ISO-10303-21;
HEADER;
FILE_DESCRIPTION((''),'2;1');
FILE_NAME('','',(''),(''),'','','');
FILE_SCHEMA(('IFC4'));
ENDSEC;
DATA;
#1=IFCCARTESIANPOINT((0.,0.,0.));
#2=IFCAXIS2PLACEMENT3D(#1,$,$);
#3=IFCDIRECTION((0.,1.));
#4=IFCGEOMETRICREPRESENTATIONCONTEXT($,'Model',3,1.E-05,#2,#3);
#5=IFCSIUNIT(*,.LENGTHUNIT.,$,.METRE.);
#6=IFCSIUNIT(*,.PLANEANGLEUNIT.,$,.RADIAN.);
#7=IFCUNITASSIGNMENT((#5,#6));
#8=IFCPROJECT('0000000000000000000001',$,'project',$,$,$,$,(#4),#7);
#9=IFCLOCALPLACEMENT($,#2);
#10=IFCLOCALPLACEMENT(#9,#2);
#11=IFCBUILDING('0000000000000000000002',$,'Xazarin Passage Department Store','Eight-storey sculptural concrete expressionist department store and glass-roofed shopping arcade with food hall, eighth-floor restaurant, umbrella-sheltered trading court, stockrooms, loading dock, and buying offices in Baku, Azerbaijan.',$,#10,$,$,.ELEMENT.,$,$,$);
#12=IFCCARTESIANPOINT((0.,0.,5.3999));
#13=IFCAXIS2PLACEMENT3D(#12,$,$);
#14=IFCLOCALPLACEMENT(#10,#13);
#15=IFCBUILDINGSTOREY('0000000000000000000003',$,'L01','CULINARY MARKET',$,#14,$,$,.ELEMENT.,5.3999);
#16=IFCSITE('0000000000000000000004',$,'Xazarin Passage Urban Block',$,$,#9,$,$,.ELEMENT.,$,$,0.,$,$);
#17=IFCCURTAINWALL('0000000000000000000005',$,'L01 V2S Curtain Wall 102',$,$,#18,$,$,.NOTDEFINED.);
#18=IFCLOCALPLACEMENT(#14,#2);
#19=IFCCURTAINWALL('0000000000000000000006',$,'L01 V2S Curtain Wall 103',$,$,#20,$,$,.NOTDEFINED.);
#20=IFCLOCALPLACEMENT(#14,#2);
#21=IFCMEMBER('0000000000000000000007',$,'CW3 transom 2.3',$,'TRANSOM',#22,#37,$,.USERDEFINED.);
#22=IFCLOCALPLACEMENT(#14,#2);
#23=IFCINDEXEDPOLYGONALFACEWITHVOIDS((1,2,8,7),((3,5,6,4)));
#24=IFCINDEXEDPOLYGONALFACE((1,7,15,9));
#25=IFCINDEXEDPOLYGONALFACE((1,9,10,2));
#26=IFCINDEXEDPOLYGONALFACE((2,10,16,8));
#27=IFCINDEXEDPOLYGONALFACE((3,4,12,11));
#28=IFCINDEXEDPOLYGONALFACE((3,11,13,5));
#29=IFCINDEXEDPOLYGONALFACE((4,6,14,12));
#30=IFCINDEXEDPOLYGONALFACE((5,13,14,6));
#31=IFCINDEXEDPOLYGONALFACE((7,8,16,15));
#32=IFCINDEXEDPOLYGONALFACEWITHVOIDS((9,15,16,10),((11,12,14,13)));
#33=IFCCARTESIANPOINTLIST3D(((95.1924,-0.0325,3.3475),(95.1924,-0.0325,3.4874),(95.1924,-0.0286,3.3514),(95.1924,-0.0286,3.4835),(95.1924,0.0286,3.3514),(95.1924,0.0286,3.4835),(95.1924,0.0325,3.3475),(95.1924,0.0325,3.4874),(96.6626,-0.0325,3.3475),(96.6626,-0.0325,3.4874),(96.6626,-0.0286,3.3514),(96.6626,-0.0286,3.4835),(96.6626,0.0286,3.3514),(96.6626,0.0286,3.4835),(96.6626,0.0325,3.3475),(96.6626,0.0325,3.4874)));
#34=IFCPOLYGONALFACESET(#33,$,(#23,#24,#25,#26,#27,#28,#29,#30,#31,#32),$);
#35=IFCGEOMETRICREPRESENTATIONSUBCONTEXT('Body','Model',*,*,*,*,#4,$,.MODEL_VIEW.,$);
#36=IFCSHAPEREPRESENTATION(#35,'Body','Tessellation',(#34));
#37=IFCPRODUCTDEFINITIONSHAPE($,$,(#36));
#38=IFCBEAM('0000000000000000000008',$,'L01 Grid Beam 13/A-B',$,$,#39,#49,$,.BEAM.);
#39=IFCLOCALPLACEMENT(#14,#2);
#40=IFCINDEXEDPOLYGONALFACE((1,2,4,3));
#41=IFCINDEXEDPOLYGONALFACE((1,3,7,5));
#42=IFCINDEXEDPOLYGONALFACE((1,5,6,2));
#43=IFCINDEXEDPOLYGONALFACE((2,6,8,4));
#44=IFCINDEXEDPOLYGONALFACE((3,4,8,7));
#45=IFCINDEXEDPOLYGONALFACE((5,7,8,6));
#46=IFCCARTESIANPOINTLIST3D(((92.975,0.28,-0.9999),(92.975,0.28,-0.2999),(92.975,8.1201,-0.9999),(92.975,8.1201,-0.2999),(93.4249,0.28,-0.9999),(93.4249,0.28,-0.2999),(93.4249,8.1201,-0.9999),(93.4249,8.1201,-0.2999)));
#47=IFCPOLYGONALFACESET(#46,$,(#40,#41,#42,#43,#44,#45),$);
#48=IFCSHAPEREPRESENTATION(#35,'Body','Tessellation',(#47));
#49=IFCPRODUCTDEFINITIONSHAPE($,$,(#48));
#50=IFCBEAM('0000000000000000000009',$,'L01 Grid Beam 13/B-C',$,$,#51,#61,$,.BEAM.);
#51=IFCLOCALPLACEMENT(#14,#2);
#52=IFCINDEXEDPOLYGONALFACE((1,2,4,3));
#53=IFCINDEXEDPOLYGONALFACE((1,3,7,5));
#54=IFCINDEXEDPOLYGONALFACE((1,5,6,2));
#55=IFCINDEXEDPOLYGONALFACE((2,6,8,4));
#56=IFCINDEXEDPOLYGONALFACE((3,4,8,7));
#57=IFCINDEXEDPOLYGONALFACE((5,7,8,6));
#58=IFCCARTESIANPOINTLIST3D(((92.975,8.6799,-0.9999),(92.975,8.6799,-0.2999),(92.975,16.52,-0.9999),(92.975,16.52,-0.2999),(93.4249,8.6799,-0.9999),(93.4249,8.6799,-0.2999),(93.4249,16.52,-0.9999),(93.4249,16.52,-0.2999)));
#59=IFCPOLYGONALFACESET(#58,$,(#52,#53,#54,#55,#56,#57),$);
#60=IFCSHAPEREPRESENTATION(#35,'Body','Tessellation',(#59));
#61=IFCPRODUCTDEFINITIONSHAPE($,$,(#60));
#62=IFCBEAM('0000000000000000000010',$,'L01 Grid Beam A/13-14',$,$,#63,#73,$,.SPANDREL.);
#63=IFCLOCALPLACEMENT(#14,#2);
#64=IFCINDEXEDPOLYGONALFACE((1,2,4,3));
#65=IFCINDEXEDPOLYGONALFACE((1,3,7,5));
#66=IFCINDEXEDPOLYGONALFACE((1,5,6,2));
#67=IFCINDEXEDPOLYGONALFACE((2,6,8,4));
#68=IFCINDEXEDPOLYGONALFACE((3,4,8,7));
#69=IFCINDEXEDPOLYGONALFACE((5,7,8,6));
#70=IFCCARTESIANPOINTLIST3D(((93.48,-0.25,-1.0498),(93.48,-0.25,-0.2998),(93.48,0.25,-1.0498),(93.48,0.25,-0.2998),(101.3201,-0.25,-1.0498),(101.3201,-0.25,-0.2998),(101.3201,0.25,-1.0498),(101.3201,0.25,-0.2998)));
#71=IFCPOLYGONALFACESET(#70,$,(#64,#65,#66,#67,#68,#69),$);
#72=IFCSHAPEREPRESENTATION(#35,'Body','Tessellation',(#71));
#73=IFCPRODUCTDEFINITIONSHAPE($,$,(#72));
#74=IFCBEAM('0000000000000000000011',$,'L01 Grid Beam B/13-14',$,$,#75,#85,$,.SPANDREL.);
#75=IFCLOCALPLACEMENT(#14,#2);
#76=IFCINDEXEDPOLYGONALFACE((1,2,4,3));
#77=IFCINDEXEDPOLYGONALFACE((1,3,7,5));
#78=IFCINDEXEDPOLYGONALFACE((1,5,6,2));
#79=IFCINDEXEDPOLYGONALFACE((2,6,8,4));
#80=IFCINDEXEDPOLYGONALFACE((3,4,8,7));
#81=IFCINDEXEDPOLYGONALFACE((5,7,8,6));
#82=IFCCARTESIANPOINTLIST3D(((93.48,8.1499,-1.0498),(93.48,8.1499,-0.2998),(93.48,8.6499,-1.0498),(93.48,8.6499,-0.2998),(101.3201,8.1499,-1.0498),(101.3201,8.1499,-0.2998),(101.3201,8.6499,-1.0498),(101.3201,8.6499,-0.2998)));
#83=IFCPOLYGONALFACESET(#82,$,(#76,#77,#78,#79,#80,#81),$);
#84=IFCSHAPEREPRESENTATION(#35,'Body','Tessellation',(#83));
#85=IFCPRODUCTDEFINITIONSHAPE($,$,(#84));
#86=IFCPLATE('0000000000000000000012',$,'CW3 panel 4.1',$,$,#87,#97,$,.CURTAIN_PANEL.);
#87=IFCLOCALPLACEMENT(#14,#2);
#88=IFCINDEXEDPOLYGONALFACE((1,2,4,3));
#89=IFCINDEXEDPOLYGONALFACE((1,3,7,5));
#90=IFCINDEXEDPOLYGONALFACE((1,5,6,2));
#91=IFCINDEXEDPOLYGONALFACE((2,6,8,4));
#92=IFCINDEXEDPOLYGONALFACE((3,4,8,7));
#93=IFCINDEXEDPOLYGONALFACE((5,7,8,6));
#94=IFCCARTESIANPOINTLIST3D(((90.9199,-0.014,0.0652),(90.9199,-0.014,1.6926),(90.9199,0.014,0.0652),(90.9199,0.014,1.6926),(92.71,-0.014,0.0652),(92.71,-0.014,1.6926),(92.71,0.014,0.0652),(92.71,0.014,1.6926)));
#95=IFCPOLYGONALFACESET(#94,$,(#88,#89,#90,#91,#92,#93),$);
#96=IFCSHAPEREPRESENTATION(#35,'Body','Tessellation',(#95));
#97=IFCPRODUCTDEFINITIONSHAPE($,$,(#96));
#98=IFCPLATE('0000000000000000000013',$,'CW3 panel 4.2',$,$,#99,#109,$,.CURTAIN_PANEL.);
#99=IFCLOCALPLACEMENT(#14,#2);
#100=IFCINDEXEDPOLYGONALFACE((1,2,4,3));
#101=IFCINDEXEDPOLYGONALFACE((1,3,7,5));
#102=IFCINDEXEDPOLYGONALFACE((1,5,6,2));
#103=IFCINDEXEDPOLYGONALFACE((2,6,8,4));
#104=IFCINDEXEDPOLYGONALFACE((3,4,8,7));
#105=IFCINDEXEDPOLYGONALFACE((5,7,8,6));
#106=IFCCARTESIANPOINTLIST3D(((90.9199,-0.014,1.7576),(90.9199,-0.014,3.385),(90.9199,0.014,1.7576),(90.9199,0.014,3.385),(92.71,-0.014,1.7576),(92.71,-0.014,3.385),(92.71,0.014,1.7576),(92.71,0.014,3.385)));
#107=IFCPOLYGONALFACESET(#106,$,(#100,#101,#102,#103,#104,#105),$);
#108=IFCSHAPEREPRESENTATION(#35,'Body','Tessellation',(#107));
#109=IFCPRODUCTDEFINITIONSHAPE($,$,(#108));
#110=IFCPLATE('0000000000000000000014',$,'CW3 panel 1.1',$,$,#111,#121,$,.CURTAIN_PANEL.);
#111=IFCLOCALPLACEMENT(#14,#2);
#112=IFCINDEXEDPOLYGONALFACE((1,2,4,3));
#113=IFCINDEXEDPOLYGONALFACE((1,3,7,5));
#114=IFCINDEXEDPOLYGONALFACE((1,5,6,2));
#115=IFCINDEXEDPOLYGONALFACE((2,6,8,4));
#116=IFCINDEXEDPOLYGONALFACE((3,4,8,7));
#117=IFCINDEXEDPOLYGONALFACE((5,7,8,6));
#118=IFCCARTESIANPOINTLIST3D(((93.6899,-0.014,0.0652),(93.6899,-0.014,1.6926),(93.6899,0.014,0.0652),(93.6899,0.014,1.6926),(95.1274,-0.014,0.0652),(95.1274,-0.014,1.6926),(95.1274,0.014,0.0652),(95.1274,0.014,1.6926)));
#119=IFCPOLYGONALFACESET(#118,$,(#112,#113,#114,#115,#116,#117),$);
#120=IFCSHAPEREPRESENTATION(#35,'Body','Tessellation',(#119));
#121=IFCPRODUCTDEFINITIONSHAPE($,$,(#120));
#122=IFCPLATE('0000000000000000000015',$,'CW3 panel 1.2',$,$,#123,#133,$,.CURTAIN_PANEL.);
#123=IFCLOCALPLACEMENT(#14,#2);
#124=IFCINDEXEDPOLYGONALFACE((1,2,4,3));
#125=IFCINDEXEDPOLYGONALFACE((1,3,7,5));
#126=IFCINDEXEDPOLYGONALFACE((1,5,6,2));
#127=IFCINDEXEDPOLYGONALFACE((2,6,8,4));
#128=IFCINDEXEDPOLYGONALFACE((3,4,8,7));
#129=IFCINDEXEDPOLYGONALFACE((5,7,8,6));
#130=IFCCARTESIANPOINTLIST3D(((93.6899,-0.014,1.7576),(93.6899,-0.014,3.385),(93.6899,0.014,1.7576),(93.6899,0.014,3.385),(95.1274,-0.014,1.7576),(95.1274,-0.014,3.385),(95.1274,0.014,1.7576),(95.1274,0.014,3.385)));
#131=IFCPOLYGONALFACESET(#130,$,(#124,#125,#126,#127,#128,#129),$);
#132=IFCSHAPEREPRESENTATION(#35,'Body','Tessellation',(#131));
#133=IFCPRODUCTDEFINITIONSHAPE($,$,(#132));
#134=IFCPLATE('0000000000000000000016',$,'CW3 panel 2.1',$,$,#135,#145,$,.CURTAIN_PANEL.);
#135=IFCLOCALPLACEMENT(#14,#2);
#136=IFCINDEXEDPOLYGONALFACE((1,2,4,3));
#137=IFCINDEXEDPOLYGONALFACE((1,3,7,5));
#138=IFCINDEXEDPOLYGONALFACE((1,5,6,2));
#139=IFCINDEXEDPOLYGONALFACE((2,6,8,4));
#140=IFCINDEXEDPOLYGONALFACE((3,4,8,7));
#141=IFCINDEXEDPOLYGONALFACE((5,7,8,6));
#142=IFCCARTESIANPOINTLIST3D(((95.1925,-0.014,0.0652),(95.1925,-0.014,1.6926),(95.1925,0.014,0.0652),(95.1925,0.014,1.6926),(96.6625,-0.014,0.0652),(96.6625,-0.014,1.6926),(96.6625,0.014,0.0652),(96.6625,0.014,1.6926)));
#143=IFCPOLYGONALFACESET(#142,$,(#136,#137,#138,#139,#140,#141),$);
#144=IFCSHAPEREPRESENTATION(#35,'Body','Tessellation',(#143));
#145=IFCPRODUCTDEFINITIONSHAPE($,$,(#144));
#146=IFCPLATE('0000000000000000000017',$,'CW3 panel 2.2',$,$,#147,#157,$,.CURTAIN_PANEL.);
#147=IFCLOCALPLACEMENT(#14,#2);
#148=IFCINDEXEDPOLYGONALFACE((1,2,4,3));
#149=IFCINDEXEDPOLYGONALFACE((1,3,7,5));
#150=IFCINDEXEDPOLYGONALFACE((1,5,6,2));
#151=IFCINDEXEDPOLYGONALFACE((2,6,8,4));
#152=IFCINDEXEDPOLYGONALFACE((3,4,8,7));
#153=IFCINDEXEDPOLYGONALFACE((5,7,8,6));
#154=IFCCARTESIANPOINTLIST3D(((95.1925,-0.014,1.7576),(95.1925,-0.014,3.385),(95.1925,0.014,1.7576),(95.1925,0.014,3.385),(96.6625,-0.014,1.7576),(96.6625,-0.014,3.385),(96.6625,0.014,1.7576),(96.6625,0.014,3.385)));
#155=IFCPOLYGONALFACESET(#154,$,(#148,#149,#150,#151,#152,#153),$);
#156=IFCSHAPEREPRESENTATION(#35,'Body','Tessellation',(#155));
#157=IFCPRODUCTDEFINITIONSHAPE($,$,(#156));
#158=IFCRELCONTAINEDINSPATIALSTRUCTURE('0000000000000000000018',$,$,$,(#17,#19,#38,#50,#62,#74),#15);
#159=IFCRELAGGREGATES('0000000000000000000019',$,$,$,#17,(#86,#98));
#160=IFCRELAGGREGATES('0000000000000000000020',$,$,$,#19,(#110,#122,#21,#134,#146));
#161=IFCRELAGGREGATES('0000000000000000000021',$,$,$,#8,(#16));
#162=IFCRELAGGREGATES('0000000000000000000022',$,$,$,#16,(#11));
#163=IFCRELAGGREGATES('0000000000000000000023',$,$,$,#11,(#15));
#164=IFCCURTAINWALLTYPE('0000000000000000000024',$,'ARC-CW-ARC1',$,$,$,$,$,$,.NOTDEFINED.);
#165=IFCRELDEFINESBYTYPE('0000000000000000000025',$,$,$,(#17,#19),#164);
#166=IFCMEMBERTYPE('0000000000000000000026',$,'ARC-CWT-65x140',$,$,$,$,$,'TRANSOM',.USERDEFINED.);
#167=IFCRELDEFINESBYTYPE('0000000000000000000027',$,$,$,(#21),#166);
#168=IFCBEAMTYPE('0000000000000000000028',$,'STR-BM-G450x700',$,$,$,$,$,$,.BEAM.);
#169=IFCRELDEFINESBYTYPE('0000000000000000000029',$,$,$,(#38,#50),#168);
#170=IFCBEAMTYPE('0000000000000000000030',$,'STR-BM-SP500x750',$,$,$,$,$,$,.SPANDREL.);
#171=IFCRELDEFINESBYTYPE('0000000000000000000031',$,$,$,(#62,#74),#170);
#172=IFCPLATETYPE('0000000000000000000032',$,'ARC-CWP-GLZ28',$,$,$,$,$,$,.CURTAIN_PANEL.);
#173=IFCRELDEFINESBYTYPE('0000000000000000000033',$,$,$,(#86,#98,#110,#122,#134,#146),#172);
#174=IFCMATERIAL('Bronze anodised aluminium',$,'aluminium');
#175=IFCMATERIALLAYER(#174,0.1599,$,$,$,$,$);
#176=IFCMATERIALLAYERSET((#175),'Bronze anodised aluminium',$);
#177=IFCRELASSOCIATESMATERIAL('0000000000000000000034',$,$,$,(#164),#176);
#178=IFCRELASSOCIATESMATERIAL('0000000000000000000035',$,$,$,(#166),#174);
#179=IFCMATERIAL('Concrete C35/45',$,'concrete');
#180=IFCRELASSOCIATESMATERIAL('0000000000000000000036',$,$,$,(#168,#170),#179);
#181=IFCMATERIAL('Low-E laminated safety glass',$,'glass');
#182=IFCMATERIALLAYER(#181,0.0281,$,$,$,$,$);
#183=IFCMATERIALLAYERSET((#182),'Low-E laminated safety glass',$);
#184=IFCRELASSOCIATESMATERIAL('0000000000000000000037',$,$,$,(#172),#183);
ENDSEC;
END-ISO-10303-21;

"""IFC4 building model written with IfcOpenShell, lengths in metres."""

from ifc_helpers import new_model, si_unit, direction, frame, origin, origin_2d, place, context, subcontext, project, spatial, rectangle, hollow_rectangle, extrude, material, layer, layer_set, material_profile, profile_set, type_object, element, aggregate, save


model = new_model("IFC4")

# Units and contexts
model_context = context("Model", 3, precision=1e-05, world=origin(), true_north=direction((0.0, 1.0)))
body_context = subcontext(model_context, "Body", "Model", "MODEL_VIEW")
ifc_project = project(units=[si_unit("LENGTHUNIT", "METRE"), si_unit("PLANEANGLEUNIT", "RADIAN")], contexts=[model_context])

# Site, building, storey
site_placement = place(None, origin())
site = spatial("IfcSite", under=ifc_project, at=site_placement, Name="Xazarin Passage Urban Block", CompositionType="ELEMENT", RefElevation=0.0)
building_placement = place(site_placement, origin())
building = spatial("IfcBuilding", under=site, at=building_placement, Name="Xazarin Passage Department Store", Description="Eight-storey sculptural concrete expressionist department store and glass-roofed shopping arcade with food hall, eighth-floor restaurant, umbrella-sheltered trading court, stockrooms, loading dock, and buying offices in Baku, Azerbaijan.", CompositionType="ELEMENT")
storey_placement = place(building_placement, frame((0.0, 0.0, 5.3999)))
storey = spatial("IfcBuildingStorey", under=building, at=storey_placement, Name="L01", Description="CULINARY MARKET", CompositionType="ELEMENT", Elevation=5.3999)

# Curtain wall
ifc_material_1 = material(Name="Bronze anodised aluminium", Category="aluminium")
ifc_layer_1 = layer(ifc_material_1, 0.1599)
ifc_layer_set_1 = layer_set([ifc_layer_1], Name="Bronze anodised aluminium")
curtain_wall_type = type_object("IfcCurtainWallType", Name="ARC-CW-ARC1", PredefinedType="NOTDEFINED", material=ifc_layer_set_1)
curtain_wall_1_placement = place(storey_placement, origin())
curtain_wall_1 = element("IfcCurtainWall", 1, at=curtain_wall_1_placement, inside=storey, type_object=curtain_wall_type, Name="L01 V2S Curtain Wall 102", PredefinedType="NOTDEFINED")

# Curtain wall
curtain_wall_2_placement = place(storey_placement, origin())
curtain_wall_2 = element("IfcCurtainWall", 2, at=curtain_wall_2_placement, inside=storey, type_object=curtain_wall_type, Name="L01 V2S Curtain Wall 103", PredefinedType="NOTDEFINED")

# Member
ifc_material_profile_1 = material_profile(ifc_material_1, hollow_rectangle(XDim=0.0649, YDim=0.1399, WallThickness=0.0039, at=origin_2d()), Name="ALU 65x140")
ifc_profile_set_1 = profile_set([ifc_material_profile_1], Name="Bronze anodised aluminium")
member_type_1 = type_object("IfcMemberType", Name="ARC-CWT-65x140", ElementType="TRANSOM", PredefinedType="USERDEFINED", material=ifc_profile_set_1)
member_1_placement = place(storey_placement, frame((95.1924, 0.0, 3.4175), z_axis=(1.0, 0.0, 0.0), x_axis=(0.0, 1.0, 0.0)))
member_1 = element("IfcMember", 3, at=member_1_placement, type_object=member_type_1, Name="CW3 transom 2.3", ObjectType="TRANSOM", PredefinedType="USERDEFINED", context=body_context, shape_type="SweptSolid", body=[
    extrude(hollow_rectangle(XDim=0.0649, YDim=0.1399, WallThickness=0.0039, at=origin_2d()), origin(), (0.0, 0.0, 1.0), 1.4702),
])

# Beams
ifc_material_2 = material(Name="Concrete C35/45", Category="concrete")
ifc_material_profile_2 = material_profile(ifc_material_2, rectangle(XDim=0.45, YDim=0.7, at=origin_2d()), Name="RC 450x700")
ifc_profile_set_2 = profile_set([ifc_material_profile_2], Name="Concrete C35/45")
beam_type_1 = type_object("IfcBeamType", Name="STR-BM-G450x700", PredefinedType="BEAM", material=ifc_profile_set_2)
for number, where, z_axis, x_axis, name in (
    (4, (93.2, 0.28, -0.6499), (0.0, 1.0, 0.0), (-1.0, 0.0, 0.0), "L01 Grid Beam 13/A-B"),
    (5, (93.2, 8.6799, -0.6499), (0.0, 1.0, 0.0), (-1.0, 0.0, 0.0), "L01 Grid Beam 13/B-C"),
):
    element("IfcBeam", number, at=place(storey_placement, frame(where, z_axis=z_axis, x_axis=x_axis)), inside=storey, type_object=beam_type_1, Name=name, PredefinedType="BEAM", context=body_context, shape_type="SweptSolid", body=[
        extrude(rectangle(XDim=0.45, YDim=0.7, at=origin_2d()), origin(), (0.0, 0.0, 1.0), 7.8401),
    ])
ifc_material_profile_3 = material_profile(ifc_material_2, rectangle(XDim=0.5, YDim=0.75, at=origin_2d()), Name="RC 500x750")
ifc_profile_set_3 = profile_set([ifc_material_profile_3], Name="Concrete C35/45")
beam_type_2 = type_object("IfcBeamType", Name="STR-BM-SP500x750", PredefinedType="SPANDREL", material=ifc_profile_set_3)
for number, where, z_axis, x_axis, name in (
    (6, (93.48, 0.0, -0.6748), (1.0, 0.0, 0.0), (0.0, 1.0, 0.0), "L01 Grid Beam A/13-14"),
    (7, (93.48, 8.3999, -0.6748), (1.0, 0.0, 0.0), (0.0, 1.0, 0.0), "L01 Grid Beam B/13-14"),
):
    element("IfcBeam", number, at=place(storey_placement, frame(where, z_axis=z_axis, x_axis=x_axis)), inside=storey, type_object=beam_type_2, Name=name, PredefinedType="SPANDREL", context=body_context, shape_type="SweptSolid", body=[
        extrude(rectangle(XDim=0.5, YDim=0.75, at=origin_2d()), origin(), (0.0, 0.0, 1.0), 7.8401),
    ])

# Plates
ifc_material_3 = material(Name="Low-E laminated safety glass", Category="glass")
ifc_layer_2 = layer(ifc_material_3, 0.0281)
ifc_layer_set_2 = layer_set([ifc_layer_2], Name="Low-E laminated safety glass")
plate_type = type_object("IfcPlateType", Name="ARC-CWP-GLZ28", PredefinedType="CURTAIN_PANEL", material=ifc_layer_set_2)
plate_1_placement = place(storey_placement, frame((91.8149, 0.0, 0.0652), z_axis=(0.0, 0.0, 1.0), x_axis=(1.0, 0.0, 0.0)))
plate_1 = element("IfcPlate", 8, at=plate_1_placement, type_object=plate_type, Name="CW3 panel 4.1", PredefinedType="CURTAIN_PANEL", context=body_context, shape_type="SweptSolid", body=[
    extrude(rectangle(XDim=1.79, YDim=0.0281, at=origin_2d()), origin(), (0.0, 0.0, 1.0), 1.6274),
])
plate_2_placement = place(storey_placement, frame((91.8149, 0.0, 1.7576), z_axis=(0.0, 0.0, 1.0), x_axis=(1.0, 0.0, 0.0)))
plate_2 = element("IfcPlate", 9, at=plate_2_placement, type_object=plate_type, Name="CW3 panel 4.2", PredefinedType="CURTAIN_PANEL", context=body_context, shape_type="SweptSolid", body=[
    extrude(rectangle(XDim=1.79, YDim=0.0281, at=origin_2d()), origin(), (0.0, 0.0, 1.0), 1.6274),
])
aggregate(curtain_wall_1, [plate_1, plate_2])
plate_3_placement = place(storey_placement, frame((94.4087, 0.0, 0.0652), z_axis=(0.0, 0.0, 1.0), x_axis=(1.0, 0.0, 0.0)))
plate_3 = element("IfcPlate", 10, at=plate_3_placement, type_object=plate_type, Name="CW3 panel 1.1", PredefinedType="CURTAIN_PANEL", context=body_context, shape_type="SweptSolid", body=[
    extrude(rectangle(XDim=1.4375, YDim=0.0281, at=origin_2d()), origin(), (0.0, 0.0, 1.0), 1.6274),
])
plate_4_placement = place(storey_placement, frame((94.4087, 0.0, 1.7576), z_axis=(0.0, 0.0, 1.0), x_axis=(1.0, 0.0, 0.0)))
plate_4 = element("IfcPlate", 11, at=plate_4_placement, type_object=plate_type, Name="CW3 panel 1.2", PredefinedType="CURTAIN_PANEL", context=body_context, shape_type="SweptSolid", body=[
    extrude(rectangle(XDim=1.4375, YDim=0.0281, at=origin_2d()), origin(), (0.0, 0.0, 1.0), 1.6274),
])
plate_5_placement = place(storey_placement, frame((95.9275, 0.0, 0.0652), z_axis=(0.0, 0.0, 1.0), x_axis=(1.0, 0.0, 0.0)))
plate_5 = element("IfcPlate", 12, at=plate_5_placement, type_object=plate_type, Name="CW3 panel 2.1", PredefinedType="CURTAIN_PANEL", context=body_context, shape_type="SweptSolid", body=[
    extrude(rectangle(XDim=1.47, YDim=0.0281, at=origin_2d()), origin(), (0.0, 0.0, 1.0), 1.6274),
])
plate_6_placement = place(storey_placement, frame((95.9275, 0.0, 1.7576), z_axis=(0.0, 0.0, 1.0), x_axis=(1.0, 0.0, 0.0)))
plate_6 = element("IfcPlate", 13, at=plate_6_placement, type_object=plate_type, Name="CW3 panel 2.2", PredefinedType="CURTAIN_PANEL", context=body_context, shape_type="SweptSolid", body=[
    extrude(rectangle(XDim=1.47, YDim=0.0281, at=origin_2d()), origin(), (0.0, 0.0, 1.0), 1.6274),
])
aggregate(curtain_wall_2, [plate_3, plate_4, member_1, plate_5, plate_6])

save(model, "model.ifc")
